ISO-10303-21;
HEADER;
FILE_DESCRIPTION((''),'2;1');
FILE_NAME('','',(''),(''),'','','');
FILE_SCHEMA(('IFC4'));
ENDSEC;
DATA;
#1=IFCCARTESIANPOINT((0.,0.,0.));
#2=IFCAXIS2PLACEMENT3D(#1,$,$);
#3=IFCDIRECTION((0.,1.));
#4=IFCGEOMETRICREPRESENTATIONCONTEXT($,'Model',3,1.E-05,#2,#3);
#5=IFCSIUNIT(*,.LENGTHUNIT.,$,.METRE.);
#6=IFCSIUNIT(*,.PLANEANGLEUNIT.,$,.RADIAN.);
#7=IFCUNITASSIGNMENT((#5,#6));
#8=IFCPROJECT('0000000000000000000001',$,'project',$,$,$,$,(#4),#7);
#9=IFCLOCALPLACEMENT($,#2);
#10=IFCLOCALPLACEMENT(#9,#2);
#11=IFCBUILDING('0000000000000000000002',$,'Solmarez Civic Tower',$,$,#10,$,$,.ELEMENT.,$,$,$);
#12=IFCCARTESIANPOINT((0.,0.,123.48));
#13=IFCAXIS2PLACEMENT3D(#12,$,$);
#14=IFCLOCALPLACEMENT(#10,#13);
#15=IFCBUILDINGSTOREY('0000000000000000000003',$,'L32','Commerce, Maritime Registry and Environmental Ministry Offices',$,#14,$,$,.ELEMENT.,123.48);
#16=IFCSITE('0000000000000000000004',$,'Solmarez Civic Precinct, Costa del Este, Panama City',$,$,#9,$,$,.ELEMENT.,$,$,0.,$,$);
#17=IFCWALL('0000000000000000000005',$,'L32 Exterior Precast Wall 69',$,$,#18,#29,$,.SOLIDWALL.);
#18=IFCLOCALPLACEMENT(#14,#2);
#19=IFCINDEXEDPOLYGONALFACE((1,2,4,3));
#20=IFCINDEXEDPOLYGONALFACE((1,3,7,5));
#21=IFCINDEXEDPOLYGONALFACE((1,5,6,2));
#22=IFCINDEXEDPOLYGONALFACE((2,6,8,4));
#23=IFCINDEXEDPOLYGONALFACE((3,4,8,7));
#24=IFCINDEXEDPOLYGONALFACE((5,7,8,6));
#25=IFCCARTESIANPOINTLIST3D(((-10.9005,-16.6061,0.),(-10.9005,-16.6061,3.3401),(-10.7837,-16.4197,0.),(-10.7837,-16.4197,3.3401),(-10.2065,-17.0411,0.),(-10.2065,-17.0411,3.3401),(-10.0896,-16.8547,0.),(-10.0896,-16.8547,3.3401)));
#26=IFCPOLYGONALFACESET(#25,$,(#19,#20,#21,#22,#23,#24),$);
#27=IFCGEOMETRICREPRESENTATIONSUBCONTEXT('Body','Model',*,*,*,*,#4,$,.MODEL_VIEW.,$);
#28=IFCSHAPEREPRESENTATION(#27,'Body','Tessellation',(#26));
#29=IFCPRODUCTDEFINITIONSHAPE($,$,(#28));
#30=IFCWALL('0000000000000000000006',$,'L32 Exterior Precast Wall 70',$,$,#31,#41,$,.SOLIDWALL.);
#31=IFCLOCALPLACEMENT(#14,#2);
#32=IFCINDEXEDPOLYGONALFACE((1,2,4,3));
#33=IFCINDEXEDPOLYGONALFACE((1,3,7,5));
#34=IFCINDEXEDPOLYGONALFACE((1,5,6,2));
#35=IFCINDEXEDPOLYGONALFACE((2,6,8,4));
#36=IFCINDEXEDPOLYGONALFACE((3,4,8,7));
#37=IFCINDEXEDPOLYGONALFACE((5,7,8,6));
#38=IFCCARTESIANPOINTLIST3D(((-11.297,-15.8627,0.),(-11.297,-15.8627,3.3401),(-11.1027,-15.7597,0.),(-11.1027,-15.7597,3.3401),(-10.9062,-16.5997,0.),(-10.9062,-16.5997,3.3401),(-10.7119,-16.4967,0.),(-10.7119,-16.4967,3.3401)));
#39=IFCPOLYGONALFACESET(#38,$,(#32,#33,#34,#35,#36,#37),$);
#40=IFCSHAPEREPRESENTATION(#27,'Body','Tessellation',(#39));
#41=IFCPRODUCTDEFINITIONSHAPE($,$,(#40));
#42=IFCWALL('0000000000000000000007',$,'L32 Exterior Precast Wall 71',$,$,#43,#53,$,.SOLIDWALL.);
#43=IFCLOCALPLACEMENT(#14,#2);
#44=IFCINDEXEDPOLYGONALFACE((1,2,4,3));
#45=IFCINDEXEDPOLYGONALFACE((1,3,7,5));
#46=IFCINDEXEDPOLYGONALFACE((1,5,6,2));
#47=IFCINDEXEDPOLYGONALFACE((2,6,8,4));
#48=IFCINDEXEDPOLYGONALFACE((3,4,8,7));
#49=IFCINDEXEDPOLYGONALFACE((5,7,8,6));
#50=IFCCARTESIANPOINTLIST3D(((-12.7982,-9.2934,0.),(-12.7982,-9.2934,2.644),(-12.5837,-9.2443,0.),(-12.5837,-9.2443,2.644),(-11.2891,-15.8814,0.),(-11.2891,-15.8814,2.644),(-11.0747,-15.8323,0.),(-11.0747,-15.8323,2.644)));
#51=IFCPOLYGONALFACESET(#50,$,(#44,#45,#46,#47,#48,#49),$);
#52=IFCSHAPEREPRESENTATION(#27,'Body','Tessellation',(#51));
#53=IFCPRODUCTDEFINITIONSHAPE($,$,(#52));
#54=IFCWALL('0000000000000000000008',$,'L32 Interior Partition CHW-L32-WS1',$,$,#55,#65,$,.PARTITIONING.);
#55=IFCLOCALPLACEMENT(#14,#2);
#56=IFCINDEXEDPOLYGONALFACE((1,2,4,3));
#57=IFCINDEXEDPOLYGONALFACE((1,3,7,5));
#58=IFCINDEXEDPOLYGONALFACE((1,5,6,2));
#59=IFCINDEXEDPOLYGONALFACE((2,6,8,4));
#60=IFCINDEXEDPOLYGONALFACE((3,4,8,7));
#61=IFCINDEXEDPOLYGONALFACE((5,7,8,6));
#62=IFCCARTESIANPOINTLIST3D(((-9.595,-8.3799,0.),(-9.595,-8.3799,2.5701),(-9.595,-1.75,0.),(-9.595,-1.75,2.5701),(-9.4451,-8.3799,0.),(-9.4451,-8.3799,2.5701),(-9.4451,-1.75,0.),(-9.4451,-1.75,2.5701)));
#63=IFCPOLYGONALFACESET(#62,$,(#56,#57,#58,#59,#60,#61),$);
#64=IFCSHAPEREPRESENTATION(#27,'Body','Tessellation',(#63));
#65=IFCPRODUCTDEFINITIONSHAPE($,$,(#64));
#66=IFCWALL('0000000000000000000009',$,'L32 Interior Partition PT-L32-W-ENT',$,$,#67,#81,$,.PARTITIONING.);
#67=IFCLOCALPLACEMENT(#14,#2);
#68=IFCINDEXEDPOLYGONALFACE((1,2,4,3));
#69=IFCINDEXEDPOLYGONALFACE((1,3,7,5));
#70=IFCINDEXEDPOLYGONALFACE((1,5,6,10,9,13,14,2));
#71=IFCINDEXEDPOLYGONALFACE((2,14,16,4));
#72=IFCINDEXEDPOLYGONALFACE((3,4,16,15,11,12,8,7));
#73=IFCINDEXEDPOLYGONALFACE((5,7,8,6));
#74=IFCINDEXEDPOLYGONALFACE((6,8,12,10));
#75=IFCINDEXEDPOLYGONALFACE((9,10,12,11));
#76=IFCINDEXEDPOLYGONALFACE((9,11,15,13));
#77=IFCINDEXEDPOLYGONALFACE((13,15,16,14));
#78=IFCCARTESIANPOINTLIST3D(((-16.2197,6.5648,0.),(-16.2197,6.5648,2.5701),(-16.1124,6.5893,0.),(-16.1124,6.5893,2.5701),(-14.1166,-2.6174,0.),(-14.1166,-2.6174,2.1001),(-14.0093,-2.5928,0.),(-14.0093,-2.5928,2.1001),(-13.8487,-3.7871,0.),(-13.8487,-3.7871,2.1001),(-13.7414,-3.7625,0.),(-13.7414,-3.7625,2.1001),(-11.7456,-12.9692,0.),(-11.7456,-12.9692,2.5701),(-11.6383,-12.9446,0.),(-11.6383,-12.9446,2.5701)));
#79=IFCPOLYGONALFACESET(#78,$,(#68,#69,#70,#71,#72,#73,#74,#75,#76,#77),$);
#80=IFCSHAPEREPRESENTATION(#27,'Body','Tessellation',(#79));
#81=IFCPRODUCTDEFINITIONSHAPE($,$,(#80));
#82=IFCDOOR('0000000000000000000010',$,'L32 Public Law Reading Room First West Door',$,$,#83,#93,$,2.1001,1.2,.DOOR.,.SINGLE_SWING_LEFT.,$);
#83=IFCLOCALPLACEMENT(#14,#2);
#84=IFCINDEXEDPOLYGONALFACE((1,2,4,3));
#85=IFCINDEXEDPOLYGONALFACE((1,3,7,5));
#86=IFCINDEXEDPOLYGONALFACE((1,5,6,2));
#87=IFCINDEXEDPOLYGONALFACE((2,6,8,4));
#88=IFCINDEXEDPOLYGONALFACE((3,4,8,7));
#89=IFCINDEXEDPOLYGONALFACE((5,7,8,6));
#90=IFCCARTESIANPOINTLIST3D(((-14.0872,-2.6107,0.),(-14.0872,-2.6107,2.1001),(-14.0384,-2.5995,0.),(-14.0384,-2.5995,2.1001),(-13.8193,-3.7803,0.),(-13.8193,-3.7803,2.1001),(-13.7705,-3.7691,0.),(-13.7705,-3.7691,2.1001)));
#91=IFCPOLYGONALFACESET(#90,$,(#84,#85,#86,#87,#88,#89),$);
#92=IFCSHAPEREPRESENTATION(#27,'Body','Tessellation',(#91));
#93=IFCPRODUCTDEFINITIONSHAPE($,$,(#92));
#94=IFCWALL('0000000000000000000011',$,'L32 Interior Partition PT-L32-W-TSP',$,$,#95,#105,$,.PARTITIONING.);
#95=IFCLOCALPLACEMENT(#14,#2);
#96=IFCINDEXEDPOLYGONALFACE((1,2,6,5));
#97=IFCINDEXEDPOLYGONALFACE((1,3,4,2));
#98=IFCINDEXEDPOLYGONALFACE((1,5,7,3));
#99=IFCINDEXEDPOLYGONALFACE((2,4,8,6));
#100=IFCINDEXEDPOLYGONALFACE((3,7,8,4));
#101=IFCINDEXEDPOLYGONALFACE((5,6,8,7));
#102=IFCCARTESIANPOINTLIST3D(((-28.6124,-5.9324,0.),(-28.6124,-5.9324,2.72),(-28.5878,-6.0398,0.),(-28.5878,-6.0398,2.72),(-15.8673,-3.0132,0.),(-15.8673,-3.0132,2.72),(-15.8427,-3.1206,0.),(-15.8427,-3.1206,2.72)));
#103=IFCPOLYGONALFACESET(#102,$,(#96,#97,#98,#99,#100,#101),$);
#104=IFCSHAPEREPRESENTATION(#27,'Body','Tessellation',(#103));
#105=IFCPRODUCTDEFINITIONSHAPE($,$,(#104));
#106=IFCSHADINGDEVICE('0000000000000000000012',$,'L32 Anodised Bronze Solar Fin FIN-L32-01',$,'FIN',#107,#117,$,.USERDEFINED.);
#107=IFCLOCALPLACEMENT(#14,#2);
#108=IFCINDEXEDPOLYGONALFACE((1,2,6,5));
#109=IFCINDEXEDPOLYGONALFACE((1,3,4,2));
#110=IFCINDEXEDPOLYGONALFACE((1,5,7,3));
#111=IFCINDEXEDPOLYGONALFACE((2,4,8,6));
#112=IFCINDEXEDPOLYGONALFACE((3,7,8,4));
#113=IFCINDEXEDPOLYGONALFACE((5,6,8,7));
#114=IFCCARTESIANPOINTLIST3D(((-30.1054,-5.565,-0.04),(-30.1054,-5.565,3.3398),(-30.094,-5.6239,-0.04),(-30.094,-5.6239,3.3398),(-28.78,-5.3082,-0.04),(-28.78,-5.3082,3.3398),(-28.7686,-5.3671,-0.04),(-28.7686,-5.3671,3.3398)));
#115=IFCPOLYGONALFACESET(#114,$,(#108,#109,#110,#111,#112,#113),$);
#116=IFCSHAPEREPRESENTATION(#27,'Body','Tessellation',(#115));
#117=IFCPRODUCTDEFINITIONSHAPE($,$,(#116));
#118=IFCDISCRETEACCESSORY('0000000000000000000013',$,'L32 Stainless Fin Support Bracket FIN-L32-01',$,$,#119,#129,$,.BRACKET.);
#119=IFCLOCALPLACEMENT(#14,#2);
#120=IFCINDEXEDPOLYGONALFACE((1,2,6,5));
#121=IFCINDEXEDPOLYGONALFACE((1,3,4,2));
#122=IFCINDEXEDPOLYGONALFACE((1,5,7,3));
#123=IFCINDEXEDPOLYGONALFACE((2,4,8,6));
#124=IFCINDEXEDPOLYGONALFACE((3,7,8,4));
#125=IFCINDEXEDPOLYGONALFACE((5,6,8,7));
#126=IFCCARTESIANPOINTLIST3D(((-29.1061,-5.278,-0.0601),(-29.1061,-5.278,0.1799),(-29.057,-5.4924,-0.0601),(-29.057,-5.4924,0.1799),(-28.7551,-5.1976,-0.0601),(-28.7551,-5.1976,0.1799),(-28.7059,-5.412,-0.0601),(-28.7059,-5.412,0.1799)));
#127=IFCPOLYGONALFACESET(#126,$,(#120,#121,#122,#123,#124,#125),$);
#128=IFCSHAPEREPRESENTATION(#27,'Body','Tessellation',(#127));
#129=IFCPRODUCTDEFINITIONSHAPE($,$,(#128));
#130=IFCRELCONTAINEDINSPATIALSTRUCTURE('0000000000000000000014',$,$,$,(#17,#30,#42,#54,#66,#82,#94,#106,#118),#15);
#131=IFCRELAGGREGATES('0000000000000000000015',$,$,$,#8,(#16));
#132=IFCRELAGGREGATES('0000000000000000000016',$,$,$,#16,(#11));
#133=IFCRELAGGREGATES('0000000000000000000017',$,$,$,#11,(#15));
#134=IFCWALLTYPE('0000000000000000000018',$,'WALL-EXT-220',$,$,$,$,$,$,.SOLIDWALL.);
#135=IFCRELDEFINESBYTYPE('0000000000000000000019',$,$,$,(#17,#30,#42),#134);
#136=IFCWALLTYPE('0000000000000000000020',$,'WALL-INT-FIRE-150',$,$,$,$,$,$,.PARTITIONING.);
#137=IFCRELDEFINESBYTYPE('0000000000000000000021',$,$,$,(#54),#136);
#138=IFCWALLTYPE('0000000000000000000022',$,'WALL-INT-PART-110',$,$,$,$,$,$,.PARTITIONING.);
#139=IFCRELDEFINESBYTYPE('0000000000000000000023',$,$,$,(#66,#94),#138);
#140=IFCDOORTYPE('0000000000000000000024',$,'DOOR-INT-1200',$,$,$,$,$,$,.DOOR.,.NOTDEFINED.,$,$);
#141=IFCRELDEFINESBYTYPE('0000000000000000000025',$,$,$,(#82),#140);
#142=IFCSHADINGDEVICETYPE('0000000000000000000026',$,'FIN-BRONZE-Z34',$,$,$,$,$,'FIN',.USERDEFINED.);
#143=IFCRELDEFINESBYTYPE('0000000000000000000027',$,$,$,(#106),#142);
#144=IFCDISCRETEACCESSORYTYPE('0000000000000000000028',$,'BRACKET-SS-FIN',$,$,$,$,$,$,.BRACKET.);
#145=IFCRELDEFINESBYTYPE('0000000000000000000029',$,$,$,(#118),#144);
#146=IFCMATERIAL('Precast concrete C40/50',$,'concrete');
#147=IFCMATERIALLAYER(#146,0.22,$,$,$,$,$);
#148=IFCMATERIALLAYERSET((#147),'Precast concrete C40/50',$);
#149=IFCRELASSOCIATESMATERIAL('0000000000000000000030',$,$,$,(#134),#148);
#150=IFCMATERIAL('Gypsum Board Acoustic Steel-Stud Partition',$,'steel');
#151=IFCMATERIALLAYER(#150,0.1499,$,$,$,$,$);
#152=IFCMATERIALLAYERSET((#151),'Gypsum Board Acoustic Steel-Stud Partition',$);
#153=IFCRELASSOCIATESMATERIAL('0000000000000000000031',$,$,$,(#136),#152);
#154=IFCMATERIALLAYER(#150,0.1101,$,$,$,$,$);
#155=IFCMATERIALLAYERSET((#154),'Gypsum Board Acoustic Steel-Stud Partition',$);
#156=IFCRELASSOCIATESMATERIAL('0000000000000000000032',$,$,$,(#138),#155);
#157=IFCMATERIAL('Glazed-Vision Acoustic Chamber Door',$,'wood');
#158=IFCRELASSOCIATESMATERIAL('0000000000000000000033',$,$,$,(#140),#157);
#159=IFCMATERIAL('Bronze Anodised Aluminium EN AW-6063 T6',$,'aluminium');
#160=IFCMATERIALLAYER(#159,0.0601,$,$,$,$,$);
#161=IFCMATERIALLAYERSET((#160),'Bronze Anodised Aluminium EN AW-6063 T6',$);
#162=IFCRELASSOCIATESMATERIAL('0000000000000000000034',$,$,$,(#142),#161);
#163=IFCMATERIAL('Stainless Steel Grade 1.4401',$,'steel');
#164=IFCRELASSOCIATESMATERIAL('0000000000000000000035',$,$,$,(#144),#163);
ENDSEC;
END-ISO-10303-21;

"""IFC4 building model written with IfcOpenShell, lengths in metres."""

from ifc_helpers import new_model, si_unit, direction, frame, frame_2d, origin, origin_2d, place, context, subcontext, project, spatial, rectangle, extrude, material, layer, layer_set, type_object, element, fill, save


model = new_model("IFC4")

# Units and contexts
model_context = context("Model", 3, precision=1e-05, world=origin(), true_north=direction((0.0, 1.0)))
body_context = subcontext(model_context, "Body", "Model", "MODEL_VIEW")
ifc_project = project(units=[si_unit("LENGTHUNIT", "METRE"), si_unit("PLANEANGLEUNIT", "RADIAN")], contexts=[model_context])

# Site, building, storey
site_placement = place(None, origin())
site = spatial("IfcSite", under=ifc_project, at=site_placement, Name="Solmarez Civic Precinct, Costa del Este, Panama City", CompositionType="ELEMENT", RefElevation=0.0)
building_placement = place(site_placement, origin())
building = spatial("IfcBuilding", under=site, at=building_placement, Name="Solmarez Civic Tower", CompositionType="ELEMENT")
storey_placement = place(building_placement, frame((0.0, 0.0, 123.48)))
storey = spatial("IfcBuildingStorey", under=building, at=storey_placement, Name="L32", Description="Commerce, Maritime Registry and Environmental Ministry Offices", CompositionType="ELEMENT", Elevation=123.48)

# Shared definitions
ifc_material_1 = material(Name="Precast concrete C40/50", Category="concrete")
ifc_layer_1 = layer(ifc_material_1, 0.22)
ifc_layer_set_1 = layer_set([ifc_layer_1], Name="Precast concrete C40/50")
wall_type_1 = type_object("IfcWallType", Name="WALL-EXT-220", PredefinedType="SOLIDWALL", material=ifc_layer_set_1)

# Walls
wall_1_placement = place(storey_placement, frame((-10.1479, -16.948, 0.0), z_axis=(0.0, 0.0, 1.0), x_axis=(-0.847311, 0.531097, 0.0)))
element("IfcWall", 1, at=wall_1_placement, inside=storey, type_object=wall_type_1, Name="L32 Exterior Precast Wall 69", PredefinedType="SOLIDWALL", context=body_context, shape_type="SweptSolid", body=[
    extrude(rectangle(XDim=0.8191, YDim=0.22, at=frame_2d((0.4097, 0.0))), origin(), (0.0, 0.0, 1.0), 3.3401),
])
wall_2_placement = place(storey_placement, frame((-10.8091, -16.5481, 0.0), z_axis=(0.0, 0.0, 1.0), x_axis=(-0.468506, 0.88346, 0.0)))
element("IfcWall", 2, at=wall_2_placement, inside=storey, type_object=wall_type_1, Name="L32 Exterior Precast Wall 70", PredefinedType="SOLIDWALL", context=body_context, shape_type="SweptSolid", body=[
    extrude(rectangle(XDim=0.8342, YDim=0.22, at=frame_2d((0.417, 0.0))), origin(), (0.0, 0.0, 1.0), 3.3401),
])
wall_3_placement = place(storey_placement, frame((-11.1819, -15.8569, 0.0), z_axis=(0.0, 0.0, 1.0), x_axis=(-0.223279, 0.974755, 0.0)))
element("IfcWall", 3, at=wall_3_placement, inside=storey, type_object=wall_type_1, Name="L32 Exterior Precast Wall 71", PredefinedType="SOLIDWALL", context=body_context, shape_type="SweptSolid", body=[
    extrude(rectangle(XDim=6.7585, YDim=0.22, at=frame_2d((3.3794, 0.0))), origin(), (0.0, 0.0, 1.0), 2.644),
])
ifc_material_2 = material(Name="Gypsum Board Acoustic Steel-Stud Partition", Category="steel")
ifc_layer_2 = layer(ifc_material_2, 0.1499)
ifc_layer_set_2 = layer_set([ifc_layer_2], Name="Gypsum Board Acoustic Steel-Stud Partition")
wall_type_2 = type_object("IfcWallType", Name="WALL-INT-FIRE-150", PredefinedType="PARTITIONING", material=ifc_layer_set_2)
wall_4_placement = place(storey_placement, frame((-9.52, -8.3799, 0.0), z_axis=(0.0, 0.0, 1.0), x_axis=(0.0, 1.0, 0.0)))
element("IfcWall", 4, at=wall_4_placement, inside=storey, type_object=wall_type_2, Name="L32 Interior Partition CHW-L32-WS1", PredefinedType="PARTITIONING", context=body_context, shape_type="SweptSolid", body=[
    extrude(rectangle(XDim=6.6299, YDim=0.1499, at=frame_2d((3.3149, 0.0))), origin(), (0.0, 0.0, 1.0), 2.5701),
])

# Wall, opening, door
ifc_layer_3 = layer(ifc_material_2, 0.1101)
ifc_layer_set_3 = layer_set([ifc_layer_3], Name="Gypsum Board Acoustic Steel-Stud Partition")
wall_type_3 = type_object("IfcWallType", Name="WALL-INT-PART-110", PredefinedType="PARTITIONING", material=ifc_layer_set_3)
wall_5_placement = place(storey_placement, frame((-11.6919, -12.957, 0.0), z_axis=(0.0, 0.0, 1.0), x_axis=(-0.223262, 0.974758, 0.0)))
wall_5 = element("IfcWall", 5, at=wall_5_placement, inside=storey, type_object=wall_type_3, Name="L32 Interior Partition PT-L32-W-ENT", PredefinedType="PARTITIONING", context=body_context, shape_type="SweptSolid", body=[
    extrude(rectangle(XDim=20.0398, YDim=0.1101, at=frame_2d((10.02, 0.0))), origin(), (0.0, 0.0, 1.0), 2.5701),
])
opening_1_placement = place(wall_5_placement, frame((9.4199, 0.0, 0.0)))
opening_1 = element("IfcOpeningElement", 6, at=opening_1_placement, cuts=wall_5, PredefinedType="OPENING", context=body_context, shape_type="SweptSolid", body=[
    extrude(rectangle(XDim=1.2, YDim=2.1001, at=frame_2d((0.6001, 1.05))), frame((0.0, 0.0649, 0.0), z_axis=(0.0, -1.0, 0.0), x_axis=(1.0, 0.0, 0.0)), (0.0, 0.0, 1.0), 0.1301),
])
ifc_material_3 = material(Name="Glazed-Vision Acoustic Chamber Door", Category="wood")
door_type = type_object("IfcDoorType", Name="DOOR-INT-1200", OperationType="NOTDEFINED", PredefinedType="DOOR", material=ifc_material_3)
door_placement = place(opening_1_placement, origin())
door = element("IfcDoor", 7, at=door_placement, inside=storey, type_object=door_type, Name="L32 Public Law Reading Room First West Door", OperationType="SINGLE_SWING_LEFT", OverallHeight=2.1001, OverallWidth=1.2, PredefinedType="DOOR", context=body_context, shape_type="SweptSolid", body=[
    extrude(rectangle(XDim=1.2, YDim=2.1001, at=frame_2d((0.6001, 1.05))), frame((0.0, 0.0249, 0.0), z_axis=(0.0, -1.0, 0.0), x_axis=(1.0, 0.0, 0.0)), (0.0, 0.0, 1.0), 0.05),
])
fill(opening_1, door)

# Wall
wall_6_placement = place(storey_placement, frame((-15.855, -3.0669, 0.0), z_axis=(0.0, 0.0, 1.0), x_axis=(-0.974758, -0.223262, 0.0)))
element("IfcWall", 8, at=wall_6_placement, inside=storey, type_object=wall_type_3, Name="L32 Interior Partition PT-L32-W-TSP", PredefinedType="PARTITIONING", context=body_context, shape_type="SweptSolid", body=[
    extrude(rectangle(XDim=13.0752, YDim=0.1101, at=frame_2d((6.5376, 0.0))), origin(), (0.0, 0.0, 1.0), 2.72),
])

# Shading device
ifc_material_4 = material(Name="Bronze Anodised Aluminium EN AW-6063 T6", Category="aluminium")
ifc_layer_4 = layer(ifc_material_4, 0.0601)
ifc_layer_set_4 = layer_set([ifc_layer_4], Name="Bronze Anodised Aluminium EN AW-6063 T6")
shading_device_type = type_object("IfcShadingDeviceType", Name="FIN-BRONZE-Z34", ElementType="FIN", PredefinedType="USERDEFINED", material=ifc_layer_set_4)
shading_device_placement = place(storey_placement, frame((-29.437, -5.4661, -0.04), z_axis=(0.0, 0.0, 1.0), x_axis=(-0.981744, -0.190209, 0.0)))
element("IfcShadingDevice", 9, at=shading_device_placement, inside=storey, type_object=shading_device_type, Name="L32 Anodised Bronze Solar Fin FIN-L32-01", ObjectType="FIN", PredefinedType="USERDEFINED", context=body_context, shape_type="SweptSolid", body=[
    extrude(rectangle(XDim=1.3501, YDim=0.0601, at=origin_2d()), origin(), (0.0, 0.0, 1.0), 3.3799),
])

# Discrete accessory
ifc_material_5 = material(Name="Stainless Steel Grade 1.4401", Category="steel")
discrete_accessory_type = type_object("IfcDiscreteAccessoryType", Name="BRACKET-SS-FIN", PredefinedType="BRACKET", material=ifc_material_5)
discrete_accessory_placement = place(storey_placement, frame((-28.906, -5.345, -0.0601), z_axis=(0.0, 0.0, 1.0), x_axis=(-0.974758, -0.223264, 0.0)))
element("IfcDiscreteAccessory", 10, at=discrete_accessory_placement, inside=storey, type_object=discrete_accessory_type, Name="L32 Stainless Fin Support Bracket FIN-L32-01", PredefinedType="BRACKET", context=body_context, shape_type="SweptSolid", body=[
    extrude(rectangle(XDim=0.3601, YDim=0.22, at=origin_2d()), origin(), (0.0, 0.0, 1.0), 0.24),
])

save(model, "model.ifc")
